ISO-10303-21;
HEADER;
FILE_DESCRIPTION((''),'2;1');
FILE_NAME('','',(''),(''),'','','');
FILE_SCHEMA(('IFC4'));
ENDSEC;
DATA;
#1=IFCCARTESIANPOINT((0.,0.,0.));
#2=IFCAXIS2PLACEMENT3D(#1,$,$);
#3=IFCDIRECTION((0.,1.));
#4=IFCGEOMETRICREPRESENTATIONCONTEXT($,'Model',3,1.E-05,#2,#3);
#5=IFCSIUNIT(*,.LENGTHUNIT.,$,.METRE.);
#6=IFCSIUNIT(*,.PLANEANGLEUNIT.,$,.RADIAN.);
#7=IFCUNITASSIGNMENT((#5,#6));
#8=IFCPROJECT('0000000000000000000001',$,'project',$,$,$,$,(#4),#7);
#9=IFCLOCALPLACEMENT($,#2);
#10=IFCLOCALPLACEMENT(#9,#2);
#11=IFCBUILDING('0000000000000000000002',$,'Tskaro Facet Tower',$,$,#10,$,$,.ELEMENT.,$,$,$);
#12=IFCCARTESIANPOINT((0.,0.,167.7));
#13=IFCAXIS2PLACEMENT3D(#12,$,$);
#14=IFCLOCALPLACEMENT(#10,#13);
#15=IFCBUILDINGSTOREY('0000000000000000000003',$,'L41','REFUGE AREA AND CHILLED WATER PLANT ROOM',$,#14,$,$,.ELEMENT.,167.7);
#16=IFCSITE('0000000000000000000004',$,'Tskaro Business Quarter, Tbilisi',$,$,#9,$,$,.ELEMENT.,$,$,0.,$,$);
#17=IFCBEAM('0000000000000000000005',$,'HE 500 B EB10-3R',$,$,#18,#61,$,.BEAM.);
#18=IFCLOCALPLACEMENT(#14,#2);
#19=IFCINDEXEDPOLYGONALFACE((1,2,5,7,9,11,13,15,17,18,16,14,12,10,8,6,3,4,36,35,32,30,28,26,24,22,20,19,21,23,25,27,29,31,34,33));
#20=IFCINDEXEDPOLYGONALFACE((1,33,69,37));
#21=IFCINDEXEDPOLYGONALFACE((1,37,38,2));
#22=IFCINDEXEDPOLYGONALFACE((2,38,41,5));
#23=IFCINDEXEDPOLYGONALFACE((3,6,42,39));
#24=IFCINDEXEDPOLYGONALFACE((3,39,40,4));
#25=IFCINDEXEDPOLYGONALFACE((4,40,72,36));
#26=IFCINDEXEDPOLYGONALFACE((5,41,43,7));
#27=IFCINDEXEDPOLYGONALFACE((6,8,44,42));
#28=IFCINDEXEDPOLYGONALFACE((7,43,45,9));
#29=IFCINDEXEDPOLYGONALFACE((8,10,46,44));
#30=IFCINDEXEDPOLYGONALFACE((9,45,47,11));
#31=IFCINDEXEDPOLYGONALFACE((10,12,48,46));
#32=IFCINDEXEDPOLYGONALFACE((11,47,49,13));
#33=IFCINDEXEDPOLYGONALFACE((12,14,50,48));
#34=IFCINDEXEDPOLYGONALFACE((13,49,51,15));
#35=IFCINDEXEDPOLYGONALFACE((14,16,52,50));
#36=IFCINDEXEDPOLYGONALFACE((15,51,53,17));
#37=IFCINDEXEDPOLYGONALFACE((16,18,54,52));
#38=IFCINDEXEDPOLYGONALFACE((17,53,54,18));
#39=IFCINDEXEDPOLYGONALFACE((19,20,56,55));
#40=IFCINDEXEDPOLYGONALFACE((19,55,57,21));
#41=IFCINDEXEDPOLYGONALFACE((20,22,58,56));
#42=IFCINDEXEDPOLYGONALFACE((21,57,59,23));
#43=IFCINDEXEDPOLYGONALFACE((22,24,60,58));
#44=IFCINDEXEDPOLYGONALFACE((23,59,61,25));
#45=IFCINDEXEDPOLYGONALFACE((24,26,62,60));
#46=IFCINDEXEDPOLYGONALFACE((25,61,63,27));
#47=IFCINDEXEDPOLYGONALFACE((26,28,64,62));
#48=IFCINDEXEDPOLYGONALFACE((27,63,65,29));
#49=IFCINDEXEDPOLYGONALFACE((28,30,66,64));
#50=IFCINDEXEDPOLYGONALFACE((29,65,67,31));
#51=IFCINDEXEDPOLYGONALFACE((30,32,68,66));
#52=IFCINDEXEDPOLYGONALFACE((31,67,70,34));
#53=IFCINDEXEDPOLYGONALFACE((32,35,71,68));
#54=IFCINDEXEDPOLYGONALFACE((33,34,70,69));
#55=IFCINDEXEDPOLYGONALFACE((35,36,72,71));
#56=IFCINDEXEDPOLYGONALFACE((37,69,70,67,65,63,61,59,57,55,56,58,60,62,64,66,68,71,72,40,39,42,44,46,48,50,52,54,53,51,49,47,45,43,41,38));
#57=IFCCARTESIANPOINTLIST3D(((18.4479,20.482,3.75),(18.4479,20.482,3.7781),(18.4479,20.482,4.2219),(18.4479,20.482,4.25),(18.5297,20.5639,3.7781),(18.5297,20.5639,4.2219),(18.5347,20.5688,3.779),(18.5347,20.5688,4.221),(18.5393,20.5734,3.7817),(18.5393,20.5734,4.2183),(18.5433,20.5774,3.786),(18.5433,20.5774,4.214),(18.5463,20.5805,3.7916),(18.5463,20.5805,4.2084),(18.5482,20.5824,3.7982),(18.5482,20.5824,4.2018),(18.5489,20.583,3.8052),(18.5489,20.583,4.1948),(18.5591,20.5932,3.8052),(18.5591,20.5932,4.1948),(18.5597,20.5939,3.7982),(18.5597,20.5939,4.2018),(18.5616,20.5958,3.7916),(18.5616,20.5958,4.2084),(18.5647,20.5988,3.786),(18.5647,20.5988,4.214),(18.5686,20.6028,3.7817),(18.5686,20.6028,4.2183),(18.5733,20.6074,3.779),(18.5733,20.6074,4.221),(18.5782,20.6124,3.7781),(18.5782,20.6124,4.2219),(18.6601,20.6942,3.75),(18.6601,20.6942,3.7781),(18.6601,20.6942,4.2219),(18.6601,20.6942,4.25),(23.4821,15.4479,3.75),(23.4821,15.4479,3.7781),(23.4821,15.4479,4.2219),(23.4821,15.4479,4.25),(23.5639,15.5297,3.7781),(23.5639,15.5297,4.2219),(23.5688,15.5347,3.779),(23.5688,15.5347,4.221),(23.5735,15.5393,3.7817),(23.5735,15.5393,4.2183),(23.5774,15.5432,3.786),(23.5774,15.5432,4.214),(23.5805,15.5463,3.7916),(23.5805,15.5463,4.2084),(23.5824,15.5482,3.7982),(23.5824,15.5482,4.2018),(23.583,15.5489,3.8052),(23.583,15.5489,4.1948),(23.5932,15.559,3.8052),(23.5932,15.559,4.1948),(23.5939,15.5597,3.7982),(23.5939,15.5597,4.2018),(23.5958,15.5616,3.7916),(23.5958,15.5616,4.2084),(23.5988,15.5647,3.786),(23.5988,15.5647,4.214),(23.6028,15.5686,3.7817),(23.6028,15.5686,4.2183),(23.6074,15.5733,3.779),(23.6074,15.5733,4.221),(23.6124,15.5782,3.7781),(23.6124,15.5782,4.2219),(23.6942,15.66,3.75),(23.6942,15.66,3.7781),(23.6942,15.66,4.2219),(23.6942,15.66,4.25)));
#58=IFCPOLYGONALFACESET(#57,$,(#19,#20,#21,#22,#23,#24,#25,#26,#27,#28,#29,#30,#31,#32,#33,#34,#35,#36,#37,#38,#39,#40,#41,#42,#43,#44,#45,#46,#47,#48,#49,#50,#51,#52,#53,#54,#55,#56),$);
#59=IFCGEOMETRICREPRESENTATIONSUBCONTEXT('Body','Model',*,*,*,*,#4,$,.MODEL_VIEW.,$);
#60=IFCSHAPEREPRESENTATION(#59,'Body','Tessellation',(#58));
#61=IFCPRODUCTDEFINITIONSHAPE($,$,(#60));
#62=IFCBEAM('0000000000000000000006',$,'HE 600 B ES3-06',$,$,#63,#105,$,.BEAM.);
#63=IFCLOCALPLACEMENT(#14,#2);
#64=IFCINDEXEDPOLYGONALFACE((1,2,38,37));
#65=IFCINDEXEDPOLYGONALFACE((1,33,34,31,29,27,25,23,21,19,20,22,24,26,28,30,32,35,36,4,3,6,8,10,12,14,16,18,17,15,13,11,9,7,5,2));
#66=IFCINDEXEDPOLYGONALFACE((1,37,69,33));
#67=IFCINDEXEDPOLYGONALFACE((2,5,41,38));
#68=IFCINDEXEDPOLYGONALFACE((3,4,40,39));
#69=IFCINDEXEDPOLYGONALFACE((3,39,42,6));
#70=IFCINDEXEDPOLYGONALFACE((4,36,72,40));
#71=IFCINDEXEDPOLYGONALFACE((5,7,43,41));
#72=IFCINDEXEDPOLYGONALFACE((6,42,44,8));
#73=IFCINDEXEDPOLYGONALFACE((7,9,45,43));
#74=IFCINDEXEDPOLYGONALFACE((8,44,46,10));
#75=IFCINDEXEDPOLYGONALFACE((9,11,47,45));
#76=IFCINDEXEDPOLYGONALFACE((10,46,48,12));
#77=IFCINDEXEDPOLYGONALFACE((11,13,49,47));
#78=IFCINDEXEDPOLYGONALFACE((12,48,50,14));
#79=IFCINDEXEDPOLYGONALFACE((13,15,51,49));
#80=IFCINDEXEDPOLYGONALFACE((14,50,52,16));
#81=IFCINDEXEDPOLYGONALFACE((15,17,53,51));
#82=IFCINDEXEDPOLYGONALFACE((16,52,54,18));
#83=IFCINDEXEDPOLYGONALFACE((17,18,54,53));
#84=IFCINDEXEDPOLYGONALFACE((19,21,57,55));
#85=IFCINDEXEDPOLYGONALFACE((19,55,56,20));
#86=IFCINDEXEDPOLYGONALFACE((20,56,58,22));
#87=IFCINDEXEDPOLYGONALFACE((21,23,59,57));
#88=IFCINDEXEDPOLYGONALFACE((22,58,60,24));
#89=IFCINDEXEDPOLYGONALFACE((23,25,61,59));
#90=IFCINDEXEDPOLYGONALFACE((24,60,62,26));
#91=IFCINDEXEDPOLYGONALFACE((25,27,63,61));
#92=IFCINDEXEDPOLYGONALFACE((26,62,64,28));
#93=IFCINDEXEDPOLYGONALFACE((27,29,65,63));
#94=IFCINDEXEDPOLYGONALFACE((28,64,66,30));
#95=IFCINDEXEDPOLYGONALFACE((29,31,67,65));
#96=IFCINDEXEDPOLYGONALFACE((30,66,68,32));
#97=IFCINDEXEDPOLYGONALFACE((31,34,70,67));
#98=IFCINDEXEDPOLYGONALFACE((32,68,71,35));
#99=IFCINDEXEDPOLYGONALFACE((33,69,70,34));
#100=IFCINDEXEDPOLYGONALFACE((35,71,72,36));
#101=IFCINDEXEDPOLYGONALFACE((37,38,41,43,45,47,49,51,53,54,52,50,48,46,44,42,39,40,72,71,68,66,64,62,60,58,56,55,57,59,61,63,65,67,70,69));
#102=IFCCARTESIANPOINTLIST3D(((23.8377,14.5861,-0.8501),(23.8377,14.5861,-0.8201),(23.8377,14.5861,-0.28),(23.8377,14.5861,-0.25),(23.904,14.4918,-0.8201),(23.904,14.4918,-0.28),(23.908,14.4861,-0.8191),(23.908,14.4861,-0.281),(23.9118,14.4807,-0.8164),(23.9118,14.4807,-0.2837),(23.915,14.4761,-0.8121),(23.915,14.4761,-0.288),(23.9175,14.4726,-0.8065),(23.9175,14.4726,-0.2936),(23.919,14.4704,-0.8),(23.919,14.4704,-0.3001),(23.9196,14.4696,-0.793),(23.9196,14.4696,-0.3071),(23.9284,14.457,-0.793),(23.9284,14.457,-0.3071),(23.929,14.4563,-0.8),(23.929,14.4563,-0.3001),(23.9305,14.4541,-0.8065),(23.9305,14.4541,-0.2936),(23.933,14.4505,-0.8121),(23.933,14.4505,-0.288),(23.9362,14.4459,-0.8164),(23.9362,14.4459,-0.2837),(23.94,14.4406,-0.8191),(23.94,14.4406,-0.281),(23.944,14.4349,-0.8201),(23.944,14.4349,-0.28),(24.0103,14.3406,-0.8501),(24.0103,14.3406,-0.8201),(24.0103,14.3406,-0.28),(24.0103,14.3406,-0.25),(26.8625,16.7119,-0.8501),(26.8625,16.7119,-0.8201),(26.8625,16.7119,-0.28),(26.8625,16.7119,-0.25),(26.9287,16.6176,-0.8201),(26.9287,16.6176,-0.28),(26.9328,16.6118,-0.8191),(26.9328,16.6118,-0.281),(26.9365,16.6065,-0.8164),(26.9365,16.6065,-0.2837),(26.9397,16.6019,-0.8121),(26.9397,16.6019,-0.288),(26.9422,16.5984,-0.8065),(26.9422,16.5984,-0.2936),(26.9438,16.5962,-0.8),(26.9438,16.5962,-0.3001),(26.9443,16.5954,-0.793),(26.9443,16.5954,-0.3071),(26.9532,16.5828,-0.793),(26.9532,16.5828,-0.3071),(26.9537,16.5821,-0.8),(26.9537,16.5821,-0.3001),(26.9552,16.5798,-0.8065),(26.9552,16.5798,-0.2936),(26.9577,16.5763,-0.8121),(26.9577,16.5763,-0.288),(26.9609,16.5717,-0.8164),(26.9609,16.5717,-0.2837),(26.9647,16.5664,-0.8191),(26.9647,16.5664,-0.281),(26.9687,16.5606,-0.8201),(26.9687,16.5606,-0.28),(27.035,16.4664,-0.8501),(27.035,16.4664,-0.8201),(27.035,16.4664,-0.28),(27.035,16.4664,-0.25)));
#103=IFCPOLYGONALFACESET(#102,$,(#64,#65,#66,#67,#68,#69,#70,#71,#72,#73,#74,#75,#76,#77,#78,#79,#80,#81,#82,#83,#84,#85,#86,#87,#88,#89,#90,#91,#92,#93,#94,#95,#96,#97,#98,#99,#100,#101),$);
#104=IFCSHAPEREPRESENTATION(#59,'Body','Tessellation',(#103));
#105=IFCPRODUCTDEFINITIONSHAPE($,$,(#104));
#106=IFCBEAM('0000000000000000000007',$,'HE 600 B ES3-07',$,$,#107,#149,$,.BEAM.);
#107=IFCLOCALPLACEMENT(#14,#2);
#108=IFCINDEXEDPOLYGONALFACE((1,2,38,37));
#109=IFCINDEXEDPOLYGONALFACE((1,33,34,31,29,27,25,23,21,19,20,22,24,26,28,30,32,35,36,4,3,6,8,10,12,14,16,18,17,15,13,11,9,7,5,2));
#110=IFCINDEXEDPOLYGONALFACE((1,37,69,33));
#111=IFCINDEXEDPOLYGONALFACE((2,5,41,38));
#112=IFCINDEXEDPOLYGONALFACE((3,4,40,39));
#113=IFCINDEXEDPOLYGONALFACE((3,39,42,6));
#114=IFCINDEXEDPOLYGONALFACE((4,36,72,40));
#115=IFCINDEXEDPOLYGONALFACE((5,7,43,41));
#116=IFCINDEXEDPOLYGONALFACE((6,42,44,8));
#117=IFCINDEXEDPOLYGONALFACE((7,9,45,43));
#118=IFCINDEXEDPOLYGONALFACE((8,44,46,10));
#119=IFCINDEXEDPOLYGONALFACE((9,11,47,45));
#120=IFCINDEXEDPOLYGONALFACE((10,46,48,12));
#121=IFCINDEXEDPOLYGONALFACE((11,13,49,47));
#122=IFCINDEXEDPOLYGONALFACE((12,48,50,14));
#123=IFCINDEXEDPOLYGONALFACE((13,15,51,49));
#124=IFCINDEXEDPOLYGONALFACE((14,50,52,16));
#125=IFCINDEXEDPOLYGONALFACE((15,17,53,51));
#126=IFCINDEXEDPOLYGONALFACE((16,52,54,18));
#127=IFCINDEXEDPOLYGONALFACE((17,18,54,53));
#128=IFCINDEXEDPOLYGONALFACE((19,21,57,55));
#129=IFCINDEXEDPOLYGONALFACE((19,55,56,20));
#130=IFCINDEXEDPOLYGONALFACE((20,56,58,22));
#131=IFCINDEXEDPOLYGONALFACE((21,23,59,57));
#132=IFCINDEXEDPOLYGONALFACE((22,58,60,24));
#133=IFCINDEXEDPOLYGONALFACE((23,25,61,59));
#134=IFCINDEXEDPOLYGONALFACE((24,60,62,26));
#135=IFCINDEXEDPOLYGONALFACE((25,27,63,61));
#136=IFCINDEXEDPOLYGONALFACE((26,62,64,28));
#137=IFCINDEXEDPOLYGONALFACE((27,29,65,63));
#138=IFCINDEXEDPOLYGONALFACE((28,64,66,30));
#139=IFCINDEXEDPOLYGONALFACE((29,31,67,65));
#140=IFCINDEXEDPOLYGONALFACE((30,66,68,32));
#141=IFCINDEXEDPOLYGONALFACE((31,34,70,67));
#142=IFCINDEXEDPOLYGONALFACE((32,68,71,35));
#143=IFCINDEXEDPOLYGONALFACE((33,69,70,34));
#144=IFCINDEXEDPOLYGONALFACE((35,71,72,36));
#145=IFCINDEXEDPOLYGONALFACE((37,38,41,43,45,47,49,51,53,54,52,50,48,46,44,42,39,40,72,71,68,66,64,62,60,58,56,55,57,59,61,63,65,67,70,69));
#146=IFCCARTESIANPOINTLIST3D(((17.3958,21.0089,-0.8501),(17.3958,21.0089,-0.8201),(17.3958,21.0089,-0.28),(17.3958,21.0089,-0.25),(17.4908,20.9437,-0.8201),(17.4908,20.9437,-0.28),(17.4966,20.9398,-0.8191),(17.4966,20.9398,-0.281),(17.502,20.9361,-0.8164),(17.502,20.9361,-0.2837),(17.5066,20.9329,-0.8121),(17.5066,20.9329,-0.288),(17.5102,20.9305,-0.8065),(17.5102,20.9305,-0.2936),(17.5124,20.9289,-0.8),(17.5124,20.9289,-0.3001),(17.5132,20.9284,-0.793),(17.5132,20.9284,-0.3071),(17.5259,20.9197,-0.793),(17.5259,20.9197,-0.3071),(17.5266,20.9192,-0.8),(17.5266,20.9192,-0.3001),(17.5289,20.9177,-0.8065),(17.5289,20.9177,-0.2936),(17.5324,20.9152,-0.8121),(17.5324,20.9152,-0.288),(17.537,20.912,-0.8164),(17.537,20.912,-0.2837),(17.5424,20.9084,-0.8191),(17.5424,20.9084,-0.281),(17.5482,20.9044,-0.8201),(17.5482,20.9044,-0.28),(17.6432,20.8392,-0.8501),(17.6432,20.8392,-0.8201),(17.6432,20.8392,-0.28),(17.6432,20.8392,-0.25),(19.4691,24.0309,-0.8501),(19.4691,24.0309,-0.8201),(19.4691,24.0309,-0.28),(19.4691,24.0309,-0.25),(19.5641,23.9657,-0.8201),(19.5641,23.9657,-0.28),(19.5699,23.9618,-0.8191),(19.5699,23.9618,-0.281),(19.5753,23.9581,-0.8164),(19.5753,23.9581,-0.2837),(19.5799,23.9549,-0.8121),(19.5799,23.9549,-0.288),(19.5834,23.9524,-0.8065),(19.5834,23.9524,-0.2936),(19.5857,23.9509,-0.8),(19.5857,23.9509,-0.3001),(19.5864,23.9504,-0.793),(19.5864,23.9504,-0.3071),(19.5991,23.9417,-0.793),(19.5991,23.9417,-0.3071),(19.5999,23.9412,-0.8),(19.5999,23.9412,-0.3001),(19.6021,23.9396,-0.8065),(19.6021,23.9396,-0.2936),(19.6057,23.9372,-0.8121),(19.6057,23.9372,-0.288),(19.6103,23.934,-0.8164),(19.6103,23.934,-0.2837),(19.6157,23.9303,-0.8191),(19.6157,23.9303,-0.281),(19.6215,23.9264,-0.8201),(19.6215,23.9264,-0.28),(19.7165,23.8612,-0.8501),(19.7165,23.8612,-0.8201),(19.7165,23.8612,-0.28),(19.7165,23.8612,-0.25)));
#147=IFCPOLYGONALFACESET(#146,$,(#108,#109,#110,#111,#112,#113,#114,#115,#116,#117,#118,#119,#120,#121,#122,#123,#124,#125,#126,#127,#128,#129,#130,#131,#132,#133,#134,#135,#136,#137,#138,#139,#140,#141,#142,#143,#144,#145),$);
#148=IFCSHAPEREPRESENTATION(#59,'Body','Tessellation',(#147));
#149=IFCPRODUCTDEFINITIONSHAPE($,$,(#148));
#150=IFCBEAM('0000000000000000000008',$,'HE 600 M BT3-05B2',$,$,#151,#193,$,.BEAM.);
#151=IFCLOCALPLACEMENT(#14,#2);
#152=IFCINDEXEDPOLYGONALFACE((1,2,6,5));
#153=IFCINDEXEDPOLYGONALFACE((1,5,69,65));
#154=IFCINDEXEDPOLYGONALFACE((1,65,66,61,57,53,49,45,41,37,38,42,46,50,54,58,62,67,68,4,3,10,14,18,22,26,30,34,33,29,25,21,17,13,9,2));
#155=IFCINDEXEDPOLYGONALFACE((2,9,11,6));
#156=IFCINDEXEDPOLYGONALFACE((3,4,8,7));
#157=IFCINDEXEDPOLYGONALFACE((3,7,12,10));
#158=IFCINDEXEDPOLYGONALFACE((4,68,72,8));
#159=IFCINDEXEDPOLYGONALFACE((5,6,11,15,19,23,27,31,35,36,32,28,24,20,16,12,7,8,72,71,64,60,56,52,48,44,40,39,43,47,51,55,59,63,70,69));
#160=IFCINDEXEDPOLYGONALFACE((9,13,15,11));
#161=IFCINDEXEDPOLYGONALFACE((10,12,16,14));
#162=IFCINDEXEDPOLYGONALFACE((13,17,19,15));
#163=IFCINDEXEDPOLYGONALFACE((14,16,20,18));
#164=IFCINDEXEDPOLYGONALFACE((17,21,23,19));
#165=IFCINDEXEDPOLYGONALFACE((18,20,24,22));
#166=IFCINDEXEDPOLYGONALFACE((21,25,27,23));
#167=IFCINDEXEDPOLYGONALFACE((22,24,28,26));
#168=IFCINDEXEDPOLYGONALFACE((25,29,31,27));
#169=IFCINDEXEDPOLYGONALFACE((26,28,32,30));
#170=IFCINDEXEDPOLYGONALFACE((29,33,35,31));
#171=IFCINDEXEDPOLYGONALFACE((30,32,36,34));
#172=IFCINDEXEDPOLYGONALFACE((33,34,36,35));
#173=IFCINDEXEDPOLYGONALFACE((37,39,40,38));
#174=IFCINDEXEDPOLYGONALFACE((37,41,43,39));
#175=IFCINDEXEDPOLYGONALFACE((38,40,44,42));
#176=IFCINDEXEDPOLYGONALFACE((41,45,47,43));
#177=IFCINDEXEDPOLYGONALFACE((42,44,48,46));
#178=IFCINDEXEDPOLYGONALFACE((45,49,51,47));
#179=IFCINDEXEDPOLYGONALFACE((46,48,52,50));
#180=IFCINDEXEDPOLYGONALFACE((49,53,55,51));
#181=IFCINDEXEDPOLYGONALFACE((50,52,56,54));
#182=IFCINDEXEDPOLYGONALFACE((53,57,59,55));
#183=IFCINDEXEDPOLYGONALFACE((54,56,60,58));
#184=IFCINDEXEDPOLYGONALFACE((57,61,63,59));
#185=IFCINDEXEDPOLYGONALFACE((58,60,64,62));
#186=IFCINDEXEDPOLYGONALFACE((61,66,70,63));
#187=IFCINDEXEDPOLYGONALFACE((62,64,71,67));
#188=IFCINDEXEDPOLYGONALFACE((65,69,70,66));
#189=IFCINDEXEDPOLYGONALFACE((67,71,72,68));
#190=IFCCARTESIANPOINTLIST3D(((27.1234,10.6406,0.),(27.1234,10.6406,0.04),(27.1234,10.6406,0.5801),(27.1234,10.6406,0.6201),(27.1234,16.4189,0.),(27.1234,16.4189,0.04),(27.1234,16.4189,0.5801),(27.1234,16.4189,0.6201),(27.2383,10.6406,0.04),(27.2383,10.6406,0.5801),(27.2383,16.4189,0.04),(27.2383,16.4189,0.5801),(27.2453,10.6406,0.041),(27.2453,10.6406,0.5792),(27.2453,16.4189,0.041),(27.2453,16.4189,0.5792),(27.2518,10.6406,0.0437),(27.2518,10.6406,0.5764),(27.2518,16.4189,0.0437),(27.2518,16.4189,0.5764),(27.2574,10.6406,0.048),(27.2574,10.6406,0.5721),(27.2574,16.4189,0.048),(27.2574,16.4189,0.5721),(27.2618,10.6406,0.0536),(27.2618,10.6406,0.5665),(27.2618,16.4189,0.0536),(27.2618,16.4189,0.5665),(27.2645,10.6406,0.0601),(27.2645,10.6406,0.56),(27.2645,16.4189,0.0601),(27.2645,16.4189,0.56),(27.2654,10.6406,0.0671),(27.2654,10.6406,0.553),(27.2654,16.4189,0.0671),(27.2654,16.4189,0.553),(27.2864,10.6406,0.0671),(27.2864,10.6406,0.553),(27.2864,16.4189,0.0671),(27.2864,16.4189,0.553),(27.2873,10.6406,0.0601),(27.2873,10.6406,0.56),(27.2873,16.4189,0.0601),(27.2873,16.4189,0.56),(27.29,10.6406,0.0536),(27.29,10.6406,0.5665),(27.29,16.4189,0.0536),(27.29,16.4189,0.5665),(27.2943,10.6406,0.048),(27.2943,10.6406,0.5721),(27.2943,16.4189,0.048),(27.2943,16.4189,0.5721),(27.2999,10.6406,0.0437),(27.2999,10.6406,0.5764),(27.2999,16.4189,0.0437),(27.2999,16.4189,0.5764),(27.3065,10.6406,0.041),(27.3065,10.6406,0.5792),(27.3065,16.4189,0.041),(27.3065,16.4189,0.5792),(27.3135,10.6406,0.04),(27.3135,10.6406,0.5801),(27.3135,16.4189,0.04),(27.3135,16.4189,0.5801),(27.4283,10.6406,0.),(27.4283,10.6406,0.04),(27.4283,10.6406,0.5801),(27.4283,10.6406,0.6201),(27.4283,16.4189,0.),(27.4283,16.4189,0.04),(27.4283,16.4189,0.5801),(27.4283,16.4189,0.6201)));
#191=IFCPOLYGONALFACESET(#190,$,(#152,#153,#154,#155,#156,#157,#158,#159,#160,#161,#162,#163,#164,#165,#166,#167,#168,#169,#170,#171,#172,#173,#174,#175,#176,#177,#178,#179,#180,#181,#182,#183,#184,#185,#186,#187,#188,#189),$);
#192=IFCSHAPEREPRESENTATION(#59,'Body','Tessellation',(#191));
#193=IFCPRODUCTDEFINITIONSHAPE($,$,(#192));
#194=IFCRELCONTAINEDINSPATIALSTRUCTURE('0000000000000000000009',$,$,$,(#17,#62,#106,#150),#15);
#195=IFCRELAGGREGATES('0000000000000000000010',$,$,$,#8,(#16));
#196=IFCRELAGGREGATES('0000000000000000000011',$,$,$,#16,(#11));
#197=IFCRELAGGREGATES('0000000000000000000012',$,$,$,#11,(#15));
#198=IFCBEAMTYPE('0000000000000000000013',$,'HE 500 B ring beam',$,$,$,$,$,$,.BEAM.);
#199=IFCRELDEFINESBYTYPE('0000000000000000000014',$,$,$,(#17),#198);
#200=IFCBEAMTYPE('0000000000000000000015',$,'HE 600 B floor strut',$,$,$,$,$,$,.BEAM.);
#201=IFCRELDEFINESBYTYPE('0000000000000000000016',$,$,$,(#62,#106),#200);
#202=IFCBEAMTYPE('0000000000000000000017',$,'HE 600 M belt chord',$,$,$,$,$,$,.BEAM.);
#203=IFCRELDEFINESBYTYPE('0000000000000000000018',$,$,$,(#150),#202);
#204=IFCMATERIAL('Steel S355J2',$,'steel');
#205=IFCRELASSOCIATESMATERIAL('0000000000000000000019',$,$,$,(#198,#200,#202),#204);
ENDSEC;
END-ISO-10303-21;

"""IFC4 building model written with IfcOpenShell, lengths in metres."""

from ifc_helpers import new_model, si_unit, direction, frame, origin, origin_2d, place, context, subcontext, project, spatial, i_section, extrude, material, material_profile, profile_set, type_object, element, save


model = new_model("IFC4")

# Units and contexts
model_context = context("Model", 3, precision=1e-05, world=origin(), true_north=direction((0.0, 1.0)))
body_context = subcontext(model_context, "Body", "Model", "MODEL_VIEW")
ifc_project = project(units=[si_unit("LENGTHUNIT", "METRE"), si_unit("PLANEANGLEUNIT", "RADIAN")], contexts=[model_context])

# Site, building, storey
site_placement = place(None, origin())
site = spatial("IfcSite", under=ifc_project, at=site_placement, Name="Tskaro Business Quarter, Tbilisi", CompositionType="ELEMENT", RefElevation=0.0)
building_placement = place(site_placement, origin())
building = spatial("IfcBuilding", under=site, at=building_placement, Name="Tskaro Facet Tower", CompositionType="ELEMENT")
storey_placement = place(building_placement, frame((0.0, 0.0, 167.7)))
storey = spatial("IfcBuildingStorey", under=building, at=storey_placement, Name="L41", Description="REFUGE AREA AND CHILLED WATER PLANT ROOM", CompositionType="ELEMENT", Elevation=167.7)

# Beams
ifc_material_1 = material(Name="Steel S355J2", Category="steel")
ifc_material_profile_1 = material_profile(ifc_material_1, i_section(OverallWidth=0.3, OverallDepth=0.5, WebThickness=0.0144, FlangeThickness=0.0281, FilletRadius=0.0271, at=origin_2d()), Name="HE 500 B")
ifc_profile_set_1 = profile_set([ifc_material_profile_1], Name="Steel S355J2")
beam_type_1 = type_object("IfcBeamType", Name="HE 500 B ring beam", PredefinedType="BEAM", material=ifc_profile_set_1)
for number, where, z_axis, x_axis, name in (
    (1, (23.5881, 15.554, 4.0), (-0.707107, 0.707107, 0.0), (-0.707107, -0.707107, 0.0), "HE 500 B EB10-3R"),
):
    element("IfcBeam", number, at=place(storey_placement, frame(where, z_axis=z_axis, x_axis=x_axis)), inside=storey, type_object=beam_type_1, Name=name, PredefinedType="BEAM", context=body_context, shape_type="SweptSolid", body=[
        extrude(i_section(OverallWidth=0.3, OverallDepth=0.5, WebThickness=0.0144, FlangeThickness=0.0281, FilletRadius=0.0271, at=origin_2d()), origin(), (0.0, 0.0, 1.0), 7.1194),
    ])
ifc_material_profile_2 = material_profile(ifc_material_1, i_section(OverallWidth=0.3, OverallDepth=0.6001, WebThickness=0.0154, FlangeThickness=0.03, FilletRadius=0.0271, at=origin_2d()), Name="HE 600 B")
ifc_profile_set_2 = profile_set([ifc_material_profile_2], Name="Steel S355J2")
beam_type_2 = type_object("IfcBeamType", Name="HE 600 B floor strut", PredefinedType="BEAM", material=ifc_profile_set_2)
beam_1_placement = place(storey_placement, frame((26.9487, 16.5891, -0.55), z_axis=(-0.818154, -0.574999, 0.0), x_axis=(0.574999, -0.818154, 0.0)))
element("IfcBeam", 2, at=beam_1_placement, inside=storey, type_object=beam_type_2, Name="HE 600 B ES3-06", PredefinedType="BEAM", context=body_context, shape_type="SweptSolid", body=[
    extrude(i_section(OverallWidth=0.3, OverallDepth=0.6001, WebThickness=0.0154, FlangeThickness=0.03, FilletRadius=0.0271, at=origin_2d()), origin(), (0.0, 0.0, 1.0), 3.697),
])
beam_2_placement = place(storey_placement, frame((19.5928, 23.946, -0.55), z_axis=(-0.56572, -0.824597, 0.0), x_axis=(0.824597, -0.56572, 0.0)))
element("IfcBeam", 3, at=beam_2_placement, inside=storey, type_object=beam_type_2, Name="HE 600 B ES3-07", PredefinedType="BEAM", context=body_context, shape_type="SweptSolid", body=[
    extrude(i_section(OverallWidth=0.3, OverallDepth=0.6001, WebThickness=0.0154, FlangeThickness=0.03, FilletRadius=0.0271, at=origin_2d()), origin(), (0.0, 0.0, 1.0), 3.6648),
])
ifc_material_profile_3 = material_profile(ifc_material_1, i_section(OverallWidth=0.3049, OverallDepth=0.6201, WebThickness=0.021, FlangeThickness=0.04, FilletRadius=0.0271, at=origin_2d()), Name="HE 600 M")
ifc_profile_set_3 = profile_set([ifc_material_profile_3], Name="Steel S355J2")
beam_type_3 = type_object("IfcBeamType", Name="HE 600 M belt chord", PredefinedType="BEAM", material=ifc_profile_set_3)
beam_3_placement = place(storey_placement, frame((27.2759, 10.6406, 0.3101), z_axis=(0.0, 1.0, 0.0), x_axis=(-1.0, 0.0, 0.0)))
element("IfcBeam", 4, at=beam_3_placement, inside=storey, type_object=beam_type_3, Name="HE 600 M BT3-05B2", PredefinedType="BEAM", context=body_context, shape_type="SweptSolid", body=[
    extrude(i_section(OverallWidth=0.3049, OverallDepth=0.6201, WebThickness=0.021, FlangeThickness=0.04, FilletRadius=0.0271, at=origin_2d()), origin(), (0.0, 0.0, 1.0), 5.7783),
])

save(model, "model.ifc")
